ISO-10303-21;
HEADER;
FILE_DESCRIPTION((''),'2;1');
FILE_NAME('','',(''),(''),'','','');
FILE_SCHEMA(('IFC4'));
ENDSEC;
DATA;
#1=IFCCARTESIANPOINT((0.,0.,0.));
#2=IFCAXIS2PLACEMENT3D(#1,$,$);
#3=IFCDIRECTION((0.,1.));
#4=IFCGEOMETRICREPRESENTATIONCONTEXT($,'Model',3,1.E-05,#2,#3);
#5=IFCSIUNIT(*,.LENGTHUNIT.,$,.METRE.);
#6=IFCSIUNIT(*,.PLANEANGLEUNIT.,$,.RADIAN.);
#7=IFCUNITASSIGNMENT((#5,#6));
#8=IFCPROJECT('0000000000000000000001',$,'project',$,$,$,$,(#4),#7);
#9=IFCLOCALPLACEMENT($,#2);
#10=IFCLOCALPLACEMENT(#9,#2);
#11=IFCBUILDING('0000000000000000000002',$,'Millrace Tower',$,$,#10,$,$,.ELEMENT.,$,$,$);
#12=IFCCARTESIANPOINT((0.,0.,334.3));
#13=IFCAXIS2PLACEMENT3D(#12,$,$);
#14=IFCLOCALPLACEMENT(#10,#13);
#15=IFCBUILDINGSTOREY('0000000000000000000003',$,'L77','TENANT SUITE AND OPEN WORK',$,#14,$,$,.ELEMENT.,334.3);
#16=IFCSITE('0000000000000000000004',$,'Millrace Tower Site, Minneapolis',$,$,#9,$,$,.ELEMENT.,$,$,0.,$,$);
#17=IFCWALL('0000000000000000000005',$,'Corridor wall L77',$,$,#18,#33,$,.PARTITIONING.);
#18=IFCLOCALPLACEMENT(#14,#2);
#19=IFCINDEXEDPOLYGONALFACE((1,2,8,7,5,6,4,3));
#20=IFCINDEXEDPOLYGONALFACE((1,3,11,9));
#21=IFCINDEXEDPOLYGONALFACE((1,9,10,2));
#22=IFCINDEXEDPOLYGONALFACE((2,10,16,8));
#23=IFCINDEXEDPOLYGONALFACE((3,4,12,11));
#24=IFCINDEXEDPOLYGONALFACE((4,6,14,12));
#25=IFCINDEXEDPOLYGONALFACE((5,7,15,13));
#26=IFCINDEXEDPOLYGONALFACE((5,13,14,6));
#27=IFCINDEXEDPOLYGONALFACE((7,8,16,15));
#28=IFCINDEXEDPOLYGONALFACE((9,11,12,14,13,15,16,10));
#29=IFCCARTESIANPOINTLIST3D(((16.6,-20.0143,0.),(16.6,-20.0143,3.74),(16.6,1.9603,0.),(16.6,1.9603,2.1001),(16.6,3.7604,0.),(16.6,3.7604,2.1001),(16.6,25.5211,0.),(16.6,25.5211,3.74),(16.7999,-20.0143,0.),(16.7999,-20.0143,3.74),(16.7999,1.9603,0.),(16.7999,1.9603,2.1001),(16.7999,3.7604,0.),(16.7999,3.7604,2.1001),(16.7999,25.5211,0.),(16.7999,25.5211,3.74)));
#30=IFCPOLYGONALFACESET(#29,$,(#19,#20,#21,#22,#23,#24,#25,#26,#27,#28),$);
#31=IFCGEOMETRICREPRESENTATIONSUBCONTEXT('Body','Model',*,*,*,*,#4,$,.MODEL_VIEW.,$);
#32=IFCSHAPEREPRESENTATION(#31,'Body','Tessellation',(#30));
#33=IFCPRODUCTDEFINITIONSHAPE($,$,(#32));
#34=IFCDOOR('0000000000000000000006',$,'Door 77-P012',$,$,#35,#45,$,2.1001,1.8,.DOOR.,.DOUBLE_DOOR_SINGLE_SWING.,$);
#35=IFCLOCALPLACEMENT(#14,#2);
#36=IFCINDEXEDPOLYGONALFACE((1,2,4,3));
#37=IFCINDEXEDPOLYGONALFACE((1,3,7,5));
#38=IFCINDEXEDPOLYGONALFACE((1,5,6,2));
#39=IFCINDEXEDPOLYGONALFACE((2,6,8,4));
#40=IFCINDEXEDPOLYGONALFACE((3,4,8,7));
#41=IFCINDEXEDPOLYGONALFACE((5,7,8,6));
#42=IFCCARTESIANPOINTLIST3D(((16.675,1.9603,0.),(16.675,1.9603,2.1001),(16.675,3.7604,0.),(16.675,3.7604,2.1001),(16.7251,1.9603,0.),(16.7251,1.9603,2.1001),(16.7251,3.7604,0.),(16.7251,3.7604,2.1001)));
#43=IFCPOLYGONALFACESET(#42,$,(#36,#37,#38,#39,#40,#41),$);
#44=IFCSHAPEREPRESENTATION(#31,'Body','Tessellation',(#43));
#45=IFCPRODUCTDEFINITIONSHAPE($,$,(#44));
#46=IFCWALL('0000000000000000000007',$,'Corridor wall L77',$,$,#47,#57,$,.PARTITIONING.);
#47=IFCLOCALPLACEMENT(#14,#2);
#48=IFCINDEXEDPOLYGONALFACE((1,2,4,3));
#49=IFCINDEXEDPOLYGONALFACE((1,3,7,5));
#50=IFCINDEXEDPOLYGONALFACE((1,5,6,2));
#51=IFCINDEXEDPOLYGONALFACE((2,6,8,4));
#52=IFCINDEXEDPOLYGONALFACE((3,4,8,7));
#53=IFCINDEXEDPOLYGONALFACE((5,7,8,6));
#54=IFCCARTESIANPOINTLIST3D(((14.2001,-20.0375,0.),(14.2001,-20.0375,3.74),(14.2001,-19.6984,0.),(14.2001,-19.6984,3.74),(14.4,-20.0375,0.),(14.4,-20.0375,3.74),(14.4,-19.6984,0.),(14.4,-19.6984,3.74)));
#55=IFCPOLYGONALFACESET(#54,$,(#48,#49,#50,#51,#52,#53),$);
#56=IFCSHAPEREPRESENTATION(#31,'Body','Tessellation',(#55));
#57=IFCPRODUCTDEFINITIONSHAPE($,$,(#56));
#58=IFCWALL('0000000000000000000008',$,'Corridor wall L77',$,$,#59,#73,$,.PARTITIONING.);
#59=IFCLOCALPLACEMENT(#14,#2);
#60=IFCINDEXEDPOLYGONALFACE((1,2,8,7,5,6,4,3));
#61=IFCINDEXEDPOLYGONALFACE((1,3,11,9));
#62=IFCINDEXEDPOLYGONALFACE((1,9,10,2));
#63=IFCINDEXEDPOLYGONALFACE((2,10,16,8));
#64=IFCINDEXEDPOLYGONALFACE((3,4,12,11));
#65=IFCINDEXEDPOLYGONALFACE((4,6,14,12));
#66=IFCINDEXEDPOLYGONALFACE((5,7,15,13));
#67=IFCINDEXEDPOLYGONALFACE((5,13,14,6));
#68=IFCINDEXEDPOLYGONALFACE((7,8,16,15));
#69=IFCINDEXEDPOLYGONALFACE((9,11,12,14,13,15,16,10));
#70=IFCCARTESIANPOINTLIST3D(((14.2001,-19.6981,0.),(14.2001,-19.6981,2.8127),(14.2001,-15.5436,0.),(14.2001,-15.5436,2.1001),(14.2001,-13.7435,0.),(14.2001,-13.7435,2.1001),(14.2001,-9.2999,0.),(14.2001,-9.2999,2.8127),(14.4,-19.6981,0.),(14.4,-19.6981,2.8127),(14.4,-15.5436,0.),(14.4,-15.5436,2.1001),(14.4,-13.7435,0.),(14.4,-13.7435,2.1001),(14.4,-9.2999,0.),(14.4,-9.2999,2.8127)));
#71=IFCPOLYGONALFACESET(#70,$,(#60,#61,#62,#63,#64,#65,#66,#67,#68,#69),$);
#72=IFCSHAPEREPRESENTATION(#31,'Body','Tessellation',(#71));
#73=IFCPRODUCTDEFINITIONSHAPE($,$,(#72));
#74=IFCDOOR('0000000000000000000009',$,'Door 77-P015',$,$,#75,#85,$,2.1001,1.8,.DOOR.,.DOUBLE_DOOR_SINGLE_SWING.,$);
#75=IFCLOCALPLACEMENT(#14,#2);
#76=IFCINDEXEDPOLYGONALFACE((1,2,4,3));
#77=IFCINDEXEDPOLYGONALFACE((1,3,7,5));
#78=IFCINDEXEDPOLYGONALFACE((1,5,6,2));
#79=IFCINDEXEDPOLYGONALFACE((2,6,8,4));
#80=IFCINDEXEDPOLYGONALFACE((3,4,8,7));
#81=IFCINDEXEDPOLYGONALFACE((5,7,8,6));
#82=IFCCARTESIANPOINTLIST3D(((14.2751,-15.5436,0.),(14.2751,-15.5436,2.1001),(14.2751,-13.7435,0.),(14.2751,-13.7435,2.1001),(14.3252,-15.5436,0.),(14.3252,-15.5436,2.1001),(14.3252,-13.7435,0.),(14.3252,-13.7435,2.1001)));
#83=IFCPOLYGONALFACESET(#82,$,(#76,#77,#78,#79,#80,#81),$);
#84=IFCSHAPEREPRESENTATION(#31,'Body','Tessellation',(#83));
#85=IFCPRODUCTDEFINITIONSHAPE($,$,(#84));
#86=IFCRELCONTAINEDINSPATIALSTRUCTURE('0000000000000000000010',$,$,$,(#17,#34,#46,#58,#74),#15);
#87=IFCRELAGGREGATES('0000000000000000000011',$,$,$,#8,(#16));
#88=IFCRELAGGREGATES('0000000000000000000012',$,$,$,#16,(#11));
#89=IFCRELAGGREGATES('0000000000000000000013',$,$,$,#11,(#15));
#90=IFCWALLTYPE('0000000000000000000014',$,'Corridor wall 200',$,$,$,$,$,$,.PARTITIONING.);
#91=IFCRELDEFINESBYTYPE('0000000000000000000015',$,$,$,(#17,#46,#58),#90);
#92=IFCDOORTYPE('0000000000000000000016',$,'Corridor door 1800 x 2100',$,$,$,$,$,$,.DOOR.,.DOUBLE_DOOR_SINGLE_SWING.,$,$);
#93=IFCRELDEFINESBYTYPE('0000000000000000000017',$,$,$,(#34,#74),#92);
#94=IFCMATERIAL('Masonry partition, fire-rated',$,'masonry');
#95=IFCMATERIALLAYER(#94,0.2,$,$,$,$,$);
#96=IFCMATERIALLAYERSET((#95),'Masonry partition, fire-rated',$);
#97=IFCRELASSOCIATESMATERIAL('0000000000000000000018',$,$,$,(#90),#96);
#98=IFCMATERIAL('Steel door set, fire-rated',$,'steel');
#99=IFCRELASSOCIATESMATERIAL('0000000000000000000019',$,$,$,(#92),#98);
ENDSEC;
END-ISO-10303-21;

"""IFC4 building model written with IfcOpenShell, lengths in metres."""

from ifc_helpers import new_model, si_unit, direction, frame, frame_2d, origin, place, context, subcontext, project, spatial, rectangle, extrude, material, layer, layer_set, type_object, element, fill, save


model = new_model("IFC4")

# Units and contexts
model_context = context("Model", 3, precision=1e-05, world=origin(), true_north=direction((0.0, 1.0)))
body_context = subcontext(model_context, "Body", "Model", "MODEL_VIEW")
ifc_project = project(units=[si_unit("LENGTHUNIT", "METRE"), si_unit("PLANEANGLEUNIT", "RADIAN")], contexts=[model_context])

# Site, building, storey
site_placement = place(None, origin())
site = spatial("IfcSite", under=ifc_project, at=site_placement, Name="Millrace Tower Site, Minneapolis", CompositionType="ELEMENT", RefElevation=0.0)
building_placement = place(site_placement, origin())
building = spatial("IfcBuilding", under=site, at=building_placement, Name="Millrace Tower", CompositionType="ELEMENT")
storey_placement = place(building_placement, frame((0.0, 0.0, 334.3)))
storey = spatial("IfcBuildingStorey", under=building, at=storey_placement, Name="L77", Description="TENANT SUITE AND OPEN WORK", CompositionType="ELEMENT", Elevation=334.3)

# Wall, opening, door
ifc_material_1 = material(Name="Masonry partition, fire-rated", Category="masonry")
ifc_layer_1 = layer(ifc_material_1, 0.2)
ifc_layer_set_1 = layer_set([ifc_layer_1], Name="Masonry partition, fire-rated")
wall_type = type_object("IfcWallType", Name="Corridor wall 200", PredefinedType="PARTITIONING", material=ifc_layer_set_1)
wall_1_placement = place(storey_placement, frame((16.7, -20.0142, 0.0), z_axis=(0.0, 0.0, 1.0), x_axis=(0.0, 1.0, 0.0)))
wall_1 = element("IfcWall", 1, at=wall_1_placement, inside=storey, type_object=wall_type, Name="Corridor wall L77", PredefinedType="PARTITIONING", context=body_context, shape_type="SweptSolid", body=[
    extrude(rectangle(XDim=45.5354, YDim=0.2, at=frame_2d((22.7676, 0.0))), origin(), (0.0, 0.0, 1.0), 3.74),
])
opening_1_placement = place(wall_1_placement, frame((21.9746, 0.0, 0.0)))
opening_1 = element("IfcOpeningElement", 2, at=opening_1_placement, cuts=wall_1, PredefinedType="OPENING", context=body_context, shape_type="SweptSolid", body=[
    extrude(rectangle(XDim=1.8, YDim=2.1001, at=frame_2d((0.8999, 1.05))), frame((0.0, 0.1099, 0.0), z_axis=(0.0, -1.0, 0.0), x_axis=(1.0, 0.0, 0.0)), (0.0, 0.0, 1.0), 0.22),
])
ifc_material_2 = material(Name="Steel door set, fire-rated", Category="steel")
door_type = type_object("IfcDoorType", Name="Corridor door 1800 x 2100", OperationType="DOUBLE_DOOR_SINGLE_SWING", PredefinedType="DOOR", material=ifc_material_2)
door_1_placement = place(opening_1_placement, origin())
door_1 = element("IfcDoor", 3, at=door_1_placement, inside=storey, type_object=door_type, Name="Door 77-P012", OperationType="DOUBLE_DOOR_SINGLE_SWING", OverallHeight=2.1001, OverallWidth=1.8, PredefinedType="DOOR", context=body_context, shape_type="SweptSolid", body=[
    extrude(rectangle(XDim=1.8, YDim=2.1001, at=frame_2d((0.8999, 1.05))), frame((0.0, 0.0249, 0.0), z_axis=(0.0, -1.0, 0.0), x_axis=(1.0, 0.0, 0.0)), (0.0, 0.0, 1.0), 0.05),
])
fill(opening_1, door_1)

# Wall
wall_2_placement = place(storey_placement, frame((14.3, -20.0374, 0.0), z_axis=(0.0, 0.0, 1.0), x_axis=(0.0, 1.0, 0.0)))
element("IfcWall", 4, at=wall_2_placement, inside=storey, type_object=wall_type, Name="Corridor wall L77", PredefinedType="PARTITIONING", context=body_context, shape_type="SweptSolid", body=[
    extrude(rectangle(XDim=0.3391, YDim=0.2, at=frame_2d((0.1694, 0.0))), origin(), (0.0, 0.0, 1.0), 3.74),
])

# Wall, opening, door
wall_3_placement = place(storey_placement, frame((14.3, -19.6982, 0.0), z_axis=(0.0, 0.0, 1.0), x_axis=(0.0, 1.0, 0.0)))
wall_3 = element("IfcWall", 5, at=wall_3_placement, inside=storey, type_object=wall_type, Name="Corridor wall L77", PredefinedType="PARTITIONING", context=body_context, shape_type="SweptSolid", body=[
    extrude(rectangle(XDim=10.3982, YDim=0.2, at=frame_2d((5.1992, 0.0))), origin(), (0.0, 0.0, 1.0), 2.8127),
])
opening_2_placement = place(wall_3_placement, frame((4.1548, 0.0, 0.0)))
opening_2 = element("IfcOpeningElement", 6, at=opening_2_placement, cuts=wall_3, PredefinedType="OPENING", context=body_context, shape_type="SweptSolid", body=[
    extrude(rectangle(XDim=1.8, YDim=2.1001, at=frame_2d((0.8999, 1.05))), frame((0.0, 0.1099, 0.0), z_axis=(0.0, -1.0, 0.0), x_axis=(1.0, 0.0, 0.0)), (0.0, 0.0, 1.0), 0.22),
])
door_2_placement = place(opening_2_placement, origin())
door_2 = element("IfcDoor", 7, at=door_2_placement, inside=storey, type_object=door_type, Name="Door 77-P015", OperationType="DOUBLE_DOOR_SINGLE_SWING", OverallHeight=2.1001, OverallWidth=1.8, PredefinedType="DOOR", context=body_context, shape_type="SweptSolid", body=[
    extrude(rectangle(XDim=1.8, YDim=2.1001, at=frame_2d((0.8999, 1.05))), frame((0.0, 0.0249, 0.0), z_axis=(0.0, -1.0, 0.0), x_axis=(1.0, 0.0, 0.0)), (0.0, 0.0, 1.0), 0.05),
])
fill(opening_2, door_2)

save(model, "model.ifc")
